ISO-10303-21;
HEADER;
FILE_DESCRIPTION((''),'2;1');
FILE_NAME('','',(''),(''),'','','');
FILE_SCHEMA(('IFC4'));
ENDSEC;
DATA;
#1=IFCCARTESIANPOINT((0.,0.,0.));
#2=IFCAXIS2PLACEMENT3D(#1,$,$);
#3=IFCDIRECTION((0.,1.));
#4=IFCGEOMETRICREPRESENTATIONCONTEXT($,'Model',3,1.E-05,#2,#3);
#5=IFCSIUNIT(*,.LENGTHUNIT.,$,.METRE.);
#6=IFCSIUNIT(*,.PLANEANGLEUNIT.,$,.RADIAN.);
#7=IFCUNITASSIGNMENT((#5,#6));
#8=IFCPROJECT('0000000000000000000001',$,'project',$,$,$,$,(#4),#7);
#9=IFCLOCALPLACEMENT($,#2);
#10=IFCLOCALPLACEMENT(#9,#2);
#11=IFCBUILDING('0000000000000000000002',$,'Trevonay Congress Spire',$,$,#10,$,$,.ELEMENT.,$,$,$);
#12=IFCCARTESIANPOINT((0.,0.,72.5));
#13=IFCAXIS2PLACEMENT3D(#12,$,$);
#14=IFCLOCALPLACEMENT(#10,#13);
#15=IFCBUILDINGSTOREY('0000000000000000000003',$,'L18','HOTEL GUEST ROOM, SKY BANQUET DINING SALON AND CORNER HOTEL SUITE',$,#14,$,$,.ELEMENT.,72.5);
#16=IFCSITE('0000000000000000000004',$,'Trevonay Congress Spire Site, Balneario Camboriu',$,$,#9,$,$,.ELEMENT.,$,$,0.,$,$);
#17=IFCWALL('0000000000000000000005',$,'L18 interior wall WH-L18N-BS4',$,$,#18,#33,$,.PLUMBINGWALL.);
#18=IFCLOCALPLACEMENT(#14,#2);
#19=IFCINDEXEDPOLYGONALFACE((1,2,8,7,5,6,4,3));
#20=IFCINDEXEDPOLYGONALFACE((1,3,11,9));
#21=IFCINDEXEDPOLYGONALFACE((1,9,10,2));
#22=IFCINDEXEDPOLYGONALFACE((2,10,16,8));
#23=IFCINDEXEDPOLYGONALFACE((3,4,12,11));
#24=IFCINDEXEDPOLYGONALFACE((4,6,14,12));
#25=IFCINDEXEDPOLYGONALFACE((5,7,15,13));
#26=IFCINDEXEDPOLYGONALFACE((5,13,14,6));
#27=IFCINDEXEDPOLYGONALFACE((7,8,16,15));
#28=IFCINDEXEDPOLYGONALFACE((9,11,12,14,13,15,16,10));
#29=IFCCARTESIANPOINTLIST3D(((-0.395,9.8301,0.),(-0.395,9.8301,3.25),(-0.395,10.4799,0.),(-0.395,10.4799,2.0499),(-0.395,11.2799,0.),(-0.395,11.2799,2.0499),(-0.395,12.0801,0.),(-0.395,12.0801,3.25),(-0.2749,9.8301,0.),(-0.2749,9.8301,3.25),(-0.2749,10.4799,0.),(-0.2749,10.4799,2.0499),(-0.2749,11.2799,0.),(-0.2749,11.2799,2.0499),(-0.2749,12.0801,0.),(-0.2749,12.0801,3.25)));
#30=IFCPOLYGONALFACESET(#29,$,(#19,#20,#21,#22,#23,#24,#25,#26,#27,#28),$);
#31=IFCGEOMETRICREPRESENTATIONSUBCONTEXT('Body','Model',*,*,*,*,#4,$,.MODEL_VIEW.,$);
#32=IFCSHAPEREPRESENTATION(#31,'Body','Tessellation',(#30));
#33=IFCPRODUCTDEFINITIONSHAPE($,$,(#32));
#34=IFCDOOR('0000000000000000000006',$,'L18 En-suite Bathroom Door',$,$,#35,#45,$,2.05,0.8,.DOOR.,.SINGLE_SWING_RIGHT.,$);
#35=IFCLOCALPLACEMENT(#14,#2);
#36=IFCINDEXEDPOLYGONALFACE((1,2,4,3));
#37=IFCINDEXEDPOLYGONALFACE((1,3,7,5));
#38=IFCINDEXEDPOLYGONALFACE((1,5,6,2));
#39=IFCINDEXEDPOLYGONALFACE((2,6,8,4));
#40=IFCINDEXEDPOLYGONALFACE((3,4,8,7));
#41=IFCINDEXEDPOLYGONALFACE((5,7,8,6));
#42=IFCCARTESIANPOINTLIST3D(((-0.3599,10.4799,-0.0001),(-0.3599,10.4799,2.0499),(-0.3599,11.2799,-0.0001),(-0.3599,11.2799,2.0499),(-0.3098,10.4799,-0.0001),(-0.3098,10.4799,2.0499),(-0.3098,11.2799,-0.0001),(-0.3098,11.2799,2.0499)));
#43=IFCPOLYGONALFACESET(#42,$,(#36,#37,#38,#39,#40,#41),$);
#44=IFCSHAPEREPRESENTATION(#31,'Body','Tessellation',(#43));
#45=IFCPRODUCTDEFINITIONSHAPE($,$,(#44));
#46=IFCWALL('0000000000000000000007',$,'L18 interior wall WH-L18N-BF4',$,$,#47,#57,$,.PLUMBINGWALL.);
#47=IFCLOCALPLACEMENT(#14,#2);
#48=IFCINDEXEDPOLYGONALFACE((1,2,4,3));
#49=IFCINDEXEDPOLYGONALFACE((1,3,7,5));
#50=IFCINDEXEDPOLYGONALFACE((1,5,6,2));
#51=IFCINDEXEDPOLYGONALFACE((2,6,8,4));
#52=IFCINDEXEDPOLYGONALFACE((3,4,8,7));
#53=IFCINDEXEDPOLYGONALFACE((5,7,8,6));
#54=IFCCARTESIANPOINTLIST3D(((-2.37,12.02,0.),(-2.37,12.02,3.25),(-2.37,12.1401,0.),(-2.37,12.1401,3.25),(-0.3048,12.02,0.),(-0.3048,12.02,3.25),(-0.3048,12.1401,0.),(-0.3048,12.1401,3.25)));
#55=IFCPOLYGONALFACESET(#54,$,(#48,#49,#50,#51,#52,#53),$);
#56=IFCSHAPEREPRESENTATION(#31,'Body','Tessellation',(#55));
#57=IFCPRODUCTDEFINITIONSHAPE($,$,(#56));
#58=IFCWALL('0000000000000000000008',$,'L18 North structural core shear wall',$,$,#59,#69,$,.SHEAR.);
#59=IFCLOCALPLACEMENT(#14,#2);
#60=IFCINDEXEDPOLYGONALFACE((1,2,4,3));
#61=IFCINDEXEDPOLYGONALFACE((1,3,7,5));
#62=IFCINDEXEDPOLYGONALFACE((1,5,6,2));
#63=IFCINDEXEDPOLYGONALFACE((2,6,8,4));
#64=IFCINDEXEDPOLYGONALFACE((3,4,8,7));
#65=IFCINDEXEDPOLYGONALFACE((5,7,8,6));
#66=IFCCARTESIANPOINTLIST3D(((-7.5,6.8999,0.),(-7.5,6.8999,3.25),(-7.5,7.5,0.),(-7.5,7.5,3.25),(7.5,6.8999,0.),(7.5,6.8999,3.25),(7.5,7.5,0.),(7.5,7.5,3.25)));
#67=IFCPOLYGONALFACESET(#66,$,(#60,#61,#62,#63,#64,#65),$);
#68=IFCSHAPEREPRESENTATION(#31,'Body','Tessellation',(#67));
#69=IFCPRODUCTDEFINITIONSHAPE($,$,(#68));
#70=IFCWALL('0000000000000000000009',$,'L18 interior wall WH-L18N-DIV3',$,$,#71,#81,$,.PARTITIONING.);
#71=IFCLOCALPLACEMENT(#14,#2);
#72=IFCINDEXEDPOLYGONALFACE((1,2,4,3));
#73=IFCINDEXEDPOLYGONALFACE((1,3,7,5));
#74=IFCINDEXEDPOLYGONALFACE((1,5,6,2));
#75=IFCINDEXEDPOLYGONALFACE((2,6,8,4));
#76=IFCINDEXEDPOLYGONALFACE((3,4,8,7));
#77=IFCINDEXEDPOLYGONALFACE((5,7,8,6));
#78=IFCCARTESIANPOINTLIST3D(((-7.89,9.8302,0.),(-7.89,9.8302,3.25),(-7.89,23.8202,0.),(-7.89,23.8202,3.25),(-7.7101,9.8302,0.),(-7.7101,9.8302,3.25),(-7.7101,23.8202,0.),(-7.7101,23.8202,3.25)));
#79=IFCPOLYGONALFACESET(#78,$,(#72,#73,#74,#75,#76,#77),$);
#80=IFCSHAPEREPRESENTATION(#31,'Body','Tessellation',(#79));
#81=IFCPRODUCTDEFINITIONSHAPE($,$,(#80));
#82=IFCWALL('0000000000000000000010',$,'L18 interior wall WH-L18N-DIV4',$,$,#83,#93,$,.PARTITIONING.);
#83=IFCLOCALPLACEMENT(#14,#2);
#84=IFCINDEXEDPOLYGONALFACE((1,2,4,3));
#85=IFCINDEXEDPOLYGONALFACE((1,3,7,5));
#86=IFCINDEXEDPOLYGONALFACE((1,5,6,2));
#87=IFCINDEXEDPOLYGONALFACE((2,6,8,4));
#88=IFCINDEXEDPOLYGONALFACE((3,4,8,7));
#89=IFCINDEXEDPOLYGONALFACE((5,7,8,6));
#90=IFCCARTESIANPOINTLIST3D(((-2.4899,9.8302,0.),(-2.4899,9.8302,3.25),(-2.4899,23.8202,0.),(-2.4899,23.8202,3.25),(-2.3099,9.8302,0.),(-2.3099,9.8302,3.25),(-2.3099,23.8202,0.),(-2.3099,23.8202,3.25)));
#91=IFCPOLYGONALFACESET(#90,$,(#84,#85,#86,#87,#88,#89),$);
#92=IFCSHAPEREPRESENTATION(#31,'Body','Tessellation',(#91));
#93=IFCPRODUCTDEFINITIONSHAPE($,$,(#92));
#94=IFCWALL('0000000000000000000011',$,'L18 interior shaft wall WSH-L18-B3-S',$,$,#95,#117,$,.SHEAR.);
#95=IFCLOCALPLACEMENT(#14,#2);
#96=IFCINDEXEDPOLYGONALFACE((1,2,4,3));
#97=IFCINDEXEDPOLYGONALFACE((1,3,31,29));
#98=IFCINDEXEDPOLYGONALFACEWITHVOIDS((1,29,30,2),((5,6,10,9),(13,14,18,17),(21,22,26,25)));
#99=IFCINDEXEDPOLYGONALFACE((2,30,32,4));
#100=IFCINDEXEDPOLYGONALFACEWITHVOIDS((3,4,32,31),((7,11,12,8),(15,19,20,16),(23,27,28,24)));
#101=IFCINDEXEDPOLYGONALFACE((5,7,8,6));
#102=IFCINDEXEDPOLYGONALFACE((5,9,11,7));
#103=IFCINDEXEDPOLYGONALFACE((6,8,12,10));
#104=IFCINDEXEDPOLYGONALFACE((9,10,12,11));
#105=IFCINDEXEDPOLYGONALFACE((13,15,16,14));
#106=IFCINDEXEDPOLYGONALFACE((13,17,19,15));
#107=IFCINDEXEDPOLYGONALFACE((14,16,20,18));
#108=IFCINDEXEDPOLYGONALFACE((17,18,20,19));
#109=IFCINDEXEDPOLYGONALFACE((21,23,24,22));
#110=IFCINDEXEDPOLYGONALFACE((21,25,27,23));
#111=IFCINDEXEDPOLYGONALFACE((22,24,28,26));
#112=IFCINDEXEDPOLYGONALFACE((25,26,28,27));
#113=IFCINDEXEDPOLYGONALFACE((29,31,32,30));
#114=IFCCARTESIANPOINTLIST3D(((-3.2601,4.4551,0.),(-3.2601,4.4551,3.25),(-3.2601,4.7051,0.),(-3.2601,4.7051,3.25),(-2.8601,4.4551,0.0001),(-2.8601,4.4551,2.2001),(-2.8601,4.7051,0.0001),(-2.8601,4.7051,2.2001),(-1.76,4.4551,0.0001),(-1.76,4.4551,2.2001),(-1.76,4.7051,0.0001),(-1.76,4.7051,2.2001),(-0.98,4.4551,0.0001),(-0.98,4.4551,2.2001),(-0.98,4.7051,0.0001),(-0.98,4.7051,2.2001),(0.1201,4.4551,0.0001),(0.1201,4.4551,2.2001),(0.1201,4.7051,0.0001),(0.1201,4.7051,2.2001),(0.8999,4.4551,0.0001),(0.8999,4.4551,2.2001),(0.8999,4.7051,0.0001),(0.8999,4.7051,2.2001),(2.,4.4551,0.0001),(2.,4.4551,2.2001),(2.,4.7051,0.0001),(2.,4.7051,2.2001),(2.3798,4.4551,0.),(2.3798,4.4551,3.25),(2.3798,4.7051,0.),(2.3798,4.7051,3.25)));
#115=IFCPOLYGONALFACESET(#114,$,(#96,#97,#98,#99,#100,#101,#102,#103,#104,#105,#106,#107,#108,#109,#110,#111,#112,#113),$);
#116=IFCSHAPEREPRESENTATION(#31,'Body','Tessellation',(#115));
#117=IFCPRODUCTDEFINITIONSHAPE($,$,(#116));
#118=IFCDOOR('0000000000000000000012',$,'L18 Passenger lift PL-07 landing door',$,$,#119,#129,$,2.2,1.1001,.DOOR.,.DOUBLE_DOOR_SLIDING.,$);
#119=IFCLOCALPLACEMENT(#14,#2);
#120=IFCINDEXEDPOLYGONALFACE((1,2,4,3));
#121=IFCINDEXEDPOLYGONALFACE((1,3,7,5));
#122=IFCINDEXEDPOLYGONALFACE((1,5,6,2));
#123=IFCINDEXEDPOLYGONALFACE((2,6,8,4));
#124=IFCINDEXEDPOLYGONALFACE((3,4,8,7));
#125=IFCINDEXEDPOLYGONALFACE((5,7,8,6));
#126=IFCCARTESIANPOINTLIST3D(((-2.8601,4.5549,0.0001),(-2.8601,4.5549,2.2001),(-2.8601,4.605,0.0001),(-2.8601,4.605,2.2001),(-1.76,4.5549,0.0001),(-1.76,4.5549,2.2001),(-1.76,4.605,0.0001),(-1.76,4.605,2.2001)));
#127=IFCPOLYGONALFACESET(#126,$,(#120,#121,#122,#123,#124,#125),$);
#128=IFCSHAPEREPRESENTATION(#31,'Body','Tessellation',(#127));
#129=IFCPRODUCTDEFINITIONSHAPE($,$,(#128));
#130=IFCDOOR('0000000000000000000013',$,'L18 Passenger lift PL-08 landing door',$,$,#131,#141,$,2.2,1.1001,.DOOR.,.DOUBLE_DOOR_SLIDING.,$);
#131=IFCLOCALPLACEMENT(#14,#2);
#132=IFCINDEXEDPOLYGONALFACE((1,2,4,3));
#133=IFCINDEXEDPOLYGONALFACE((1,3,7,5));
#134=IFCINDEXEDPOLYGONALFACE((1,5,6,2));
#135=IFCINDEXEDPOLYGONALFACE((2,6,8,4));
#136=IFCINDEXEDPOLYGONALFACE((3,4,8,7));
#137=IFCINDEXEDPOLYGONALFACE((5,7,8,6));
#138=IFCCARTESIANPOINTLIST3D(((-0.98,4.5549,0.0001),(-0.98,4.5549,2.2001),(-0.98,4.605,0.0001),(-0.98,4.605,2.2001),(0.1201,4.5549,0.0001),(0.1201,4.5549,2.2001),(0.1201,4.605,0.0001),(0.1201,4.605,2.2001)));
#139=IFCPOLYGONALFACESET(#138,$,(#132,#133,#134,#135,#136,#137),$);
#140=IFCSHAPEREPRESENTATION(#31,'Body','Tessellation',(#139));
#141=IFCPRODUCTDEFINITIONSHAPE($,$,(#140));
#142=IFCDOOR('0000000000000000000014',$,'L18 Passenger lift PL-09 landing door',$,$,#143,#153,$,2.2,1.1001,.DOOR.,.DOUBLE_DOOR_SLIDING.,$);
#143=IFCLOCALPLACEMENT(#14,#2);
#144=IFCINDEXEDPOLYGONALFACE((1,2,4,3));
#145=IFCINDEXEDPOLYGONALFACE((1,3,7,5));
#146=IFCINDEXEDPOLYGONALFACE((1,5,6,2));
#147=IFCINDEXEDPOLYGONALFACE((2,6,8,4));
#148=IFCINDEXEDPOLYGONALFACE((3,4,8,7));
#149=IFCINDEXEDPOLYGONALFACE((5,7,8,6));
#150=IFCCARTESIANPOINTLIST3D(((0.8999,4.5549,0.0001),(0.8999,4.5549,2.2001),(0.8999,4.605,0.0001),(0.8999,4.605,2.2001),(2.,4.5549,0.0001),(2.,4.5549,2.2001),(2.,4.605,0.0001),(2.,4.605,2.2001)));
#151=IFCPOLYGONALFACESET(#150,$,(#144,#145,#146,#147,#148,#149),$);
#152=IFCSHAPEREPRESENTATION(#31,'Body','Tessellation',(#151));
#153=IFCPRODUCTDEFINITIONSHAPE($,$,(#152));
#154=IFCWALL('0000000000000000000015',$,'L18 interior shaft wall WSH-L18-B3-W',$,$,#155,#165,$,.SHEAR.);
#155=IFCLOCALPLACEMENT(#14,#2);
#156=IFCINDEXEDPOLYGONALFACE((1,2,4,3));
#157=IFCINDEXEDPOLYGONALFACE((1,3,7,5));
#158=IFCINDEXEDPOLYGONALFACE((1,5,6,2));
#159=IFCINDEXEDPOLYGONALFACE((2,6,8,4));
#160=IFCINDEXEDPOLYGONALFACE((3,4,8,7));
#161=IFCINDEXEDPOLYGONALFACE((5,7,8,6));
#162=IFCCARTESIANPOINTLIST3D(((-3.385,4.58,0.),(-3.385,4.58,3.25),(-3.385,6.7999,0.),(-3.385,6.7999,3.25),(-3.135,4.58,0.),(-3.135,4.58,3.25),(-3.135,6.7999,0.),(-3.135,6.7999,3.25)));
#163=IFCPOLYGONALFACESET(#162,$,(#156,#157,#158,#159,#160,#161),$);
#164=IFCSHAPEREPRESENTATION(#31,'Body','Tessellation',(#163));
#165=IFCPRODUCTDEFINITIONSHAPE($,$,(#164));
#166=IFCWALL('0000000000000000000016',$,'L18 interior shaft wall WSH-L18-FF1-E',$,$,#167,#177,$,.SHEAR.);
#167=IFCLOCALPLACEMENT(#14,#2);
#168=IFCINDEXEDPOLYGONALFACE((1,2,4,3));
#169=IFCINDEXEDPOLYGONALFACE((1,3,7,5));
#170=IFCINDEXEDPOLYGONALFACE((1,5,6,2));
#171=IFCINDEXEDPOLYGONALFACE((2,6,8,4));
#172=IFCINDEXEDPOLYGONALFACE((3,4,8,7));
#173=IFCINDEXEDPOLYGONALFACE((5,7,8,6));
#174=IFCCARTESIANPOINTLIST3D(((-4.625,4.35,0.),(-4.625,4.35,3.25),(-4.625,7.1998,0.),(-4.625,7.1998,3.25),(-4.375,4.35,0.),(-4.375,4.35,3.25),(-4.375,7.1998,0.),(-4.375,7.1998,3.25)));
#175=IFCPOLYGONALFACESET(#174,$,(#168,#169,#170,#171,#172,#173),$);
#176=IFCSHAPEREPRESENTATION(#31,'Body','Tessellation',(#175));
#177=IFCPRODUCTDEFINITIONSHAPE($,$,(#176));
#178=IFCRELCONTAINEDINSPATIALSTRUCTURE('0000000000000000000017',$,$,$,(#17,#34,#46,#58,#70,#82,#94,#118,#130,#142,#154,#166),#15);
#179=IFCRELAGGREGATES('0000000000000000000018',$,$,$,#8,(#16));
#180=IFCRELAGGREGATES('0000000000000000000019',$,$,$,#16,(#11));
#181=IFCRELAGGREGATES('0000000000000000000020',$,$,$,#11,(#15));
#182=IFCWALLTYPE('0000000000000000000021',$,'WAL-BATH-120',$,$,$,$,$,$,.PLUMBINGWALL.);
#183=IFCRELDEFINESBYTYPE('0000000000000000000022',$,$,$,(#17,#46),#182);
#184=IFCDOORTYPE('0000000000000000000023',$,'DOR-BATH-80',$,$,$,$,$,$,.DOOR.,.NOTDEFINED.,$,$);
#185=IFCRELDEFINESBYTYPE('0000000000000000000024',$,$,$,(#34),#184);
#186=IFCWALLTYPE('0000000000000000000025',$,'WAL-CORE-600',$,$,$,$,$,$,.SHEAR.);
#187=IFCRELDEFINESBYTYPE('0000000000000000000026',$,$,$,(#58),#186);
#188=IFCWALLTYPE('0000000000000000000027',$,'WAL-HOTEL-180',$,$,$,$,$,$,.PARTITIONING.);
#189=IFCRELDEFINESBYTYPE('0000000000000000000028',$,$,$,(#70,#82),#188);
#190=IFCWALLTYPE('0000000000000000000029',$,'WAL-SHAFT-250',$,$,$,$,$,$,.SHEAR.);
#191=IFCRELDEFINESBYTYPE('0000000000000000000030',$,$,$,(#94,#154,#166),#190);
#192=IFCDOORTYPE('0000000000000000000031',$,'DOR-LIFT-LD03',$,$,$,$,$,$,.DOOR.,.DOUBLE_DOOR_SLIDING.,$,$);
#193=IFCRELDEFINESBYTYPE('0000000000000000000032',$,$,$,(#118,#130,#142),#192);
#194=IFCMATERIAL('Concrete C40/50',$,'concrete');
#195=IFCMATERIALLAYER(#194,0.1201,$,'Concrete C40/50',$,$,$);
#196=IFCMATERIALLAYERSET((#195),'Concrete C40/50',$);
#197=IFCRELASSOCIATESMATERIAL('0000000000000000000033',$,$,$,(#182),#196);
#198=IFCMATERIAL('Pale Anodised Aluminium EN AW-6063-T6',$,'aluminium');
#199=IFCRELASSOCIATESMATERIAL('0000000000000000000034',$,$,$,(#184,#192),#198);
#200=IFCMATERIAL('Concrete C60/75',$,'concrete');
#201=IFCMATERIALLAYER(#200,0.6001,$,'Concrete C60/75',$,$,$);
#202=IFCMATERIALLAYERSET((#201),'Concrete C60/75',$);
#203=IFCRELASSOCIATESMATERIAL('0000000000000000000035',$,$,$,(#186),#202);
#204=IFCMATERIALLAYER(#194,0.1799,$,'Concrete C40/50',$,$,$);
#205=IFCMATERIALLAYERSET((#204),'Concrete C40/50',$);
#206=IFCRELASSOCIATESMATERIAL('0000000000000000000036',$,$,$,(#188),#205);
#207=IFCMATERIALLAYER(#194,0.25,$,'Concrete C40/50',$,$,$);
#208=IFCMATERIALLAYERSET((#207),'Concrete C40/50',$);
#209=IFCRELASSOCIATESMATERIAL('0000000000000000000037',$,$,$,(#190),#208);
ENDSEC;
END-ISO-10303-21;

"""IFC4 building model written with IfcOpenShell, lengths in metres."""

from ifc_helpers import new_model, si_unit, direction, frame, frame_2d, origin, place, context, subcontext, project, spatial, rectangle, extrude, material, layer, layer_set, type_object, element, fill, save


model = new_model("IFC4")

# Units and contexts
model_context = context("Model", 3, precision=1e-05, world=origin(), true_north=direction((0.0, 1.0)))
body_context = subcontext(model_context, "Body", "Model", "MODEL_VIEW")
ifc_project = project(units=[si_unit("LENGTHUNIT", "METRE"), si_unit("PLANEANGLEUNIT", "RADIAN")], contexts=[model_context])

# Site, building, storey
site_placement = place(None, origin())
site = spatial("IfcSite", under=ifc_project, at=site_placement, Name="Trevonay Congress Spire Site, Balneario Camboriu", CompositionType="ELEMENT", RefElevation=0.0)
building_placement = place(site_placement, origin())
building = spatial("IfcBuilding", under=site, at=building_placement, Name="Trevonay Congress Spire", CompositionType="ELEMENT")
storey_placement = place(building_placement, frame((0.0, 0.0, 72.5)))
storey = spatial("IfcBuildingStorey", under=building, at=storey_placement, Name="L18", Description="HOTEL GUEST ROOM, SKY BANQUET DINING SALON AND CORNER HOTEL SUITE", CompositionType="ELEMENT", Elevation=72.5)

# Shared definitions
ifc_material_1 = material(Name="Pale Anodised Aluminium EN AW-6063-T6", Category="aluminium")

# Shared definitions
ifc_material_2 = material(Name="Concrete C40/50", Category="concrete")
ifc_layer_1 = layer(ifc_material_2, 0.1201, Name="Concrete C40/50")
ifc_layer_set_1 = layer_set([ifc_layer_1], Name="Concrete C40/50")
wall_type_1 = type_object("IfcWallType", Name="WAL-BATH-120", PredefinedType="PLUMBINGWALL", material=ifc_layer_set_1)
door_type_1 = type_object("IfcDoorType", Name="DOR-BATH-80", OperationType="NOTDEFINED", PredefinedType="DOOR", material=ifc_material_1)

# Wall, opening, door
wall_1_placement = place(storey_placement, frame((-0.335, 9.8301, 0.0), z_axis=(0.0, 0.0, 1.0), x_axis=(0.0, 1.0, 0.0)))
wall_1 = element("IfcWall", 1, at=wall_1_placement, inside=storey, type_object=wall_type_1, Name="L18 interior wall WH-L18N-BS4", PredefinedType="PLUMBINGWALL", context=body_context, shape_type="SweptSolid", body=[
    extrude(rectangle(XDim=2.25, YDim=0.1201, at=frame_2d((1.125, 0.0))), origin(), (0.0, 0.0, 1.0), 3.25),
])
opening_1_placement = place(wall_1_placement, frame((0.6499, 0.0, 0.0)))
opening_1 = element("IfcOpeningElement", 2, at=opening_1_placement, cuts=wall_1, PredefinedType="OPENING", context=body_context, shape_type="SweptSolid", body=[
    extrude(rectangle(XDim=0.8, YDim=2.05, at=frame_2d((0.3999, 1.0249))), frame((0.0, 0.0701, 0.0), z_axis=(0.0, -1.0, 0.0), x_axis=(1.0, 0.0, 0.0)), (0.0, 0.0, 1.0), 0.1401),
])
door_1_placement = place(opening_1_placement, origin())
door_1 = element("IfcDoor", 3, at=door_1_placement, inside=storey, type_object=door_type_1, Name="L18 En-suite Bathroom Door", OperationType="SINGLE_SWING_RIGHT", OverallHeight=2.05, OverallWidth=0.8, PredefinedType="DOOR", context=body_context, shape_type="SweptSolid", body=[
    extrude(rectangle(XDim=0.8, YDim=2.05, at=frame_2d((0.3999, 1.0249))), frame((0.0, 0.0249, 0.0), z_axis=(0.0, -1.0, 0.0), x_axis=(1.0, 0.0, 0.0)), (0.0, 0.0, 1.0), 0.05),
])
fill(opening_1, door_1)

# Walls
wall_2_placement = place(storey_placement, frame((-2.3701, 12.0801, 0.0), z_axis=(0.0, 0.0, 1.0), x_axis=(1.0, 0.0, 0.0)))
element("IfcWall", 4, at=wall_2_placement, inside=storey, type_object=wall_type_1, Name="L18 interior wall WH-L18N-BF4", PredefinedType="PLUMBINGWALL", context=body_context, shape_type="SweptSolid", body=[
    extrude(rectangle(XDim=2.0652, YDim=0.1201, at=frame_2d((1.0327, 0.0))), origin(), (0.0, 0.0, 1.0), 3.25),
])
ifc_material_3 = material(Name="Concrete C60/75", Category="concrete")
ifc_layer_2 = layer(ifc_material_3, 0.6001, Name="Concrete C60/75")
ifc_layer_set_2 = layer_set([ifc_layer_2], Name="Concrete C60/75")
wall_type_2 = type_object("IfcWallType", Name="WAL-CORE-600", PredefinedType="SHEAR", material=ifc_layer_set_2)
wall_3_placement = place(storey_placement, frame((-7.5, 7.2, 0.0), z_axis=(0.0, 0.0, 1.0), x_axis=(1.0, 0.0, 0.0)))
element("IfcWall", 5, at=wall_3_placement, inside=storey, type_object=wall_type_2, Name="L18 North structural core shear wall", PredefinedType="SHEAR", context=body_context, shape_type="SweptSolid", body=[
    extrude(rectangle(XDim=15.0, YDim=0.6001, at=frame_2d((7.5, 0.0))), origin(), (0.0, 0.0, 1.0), 3.25),
])
ifc_layer_3 = layer(ifc_material_2, 0.1799, Name="Concrete C40/50")
ifc_layer_set_3 = layer_set([ifc_layer_3], Name="Concrete C40/50")
wall_type_3 = type_object("IfcWallType", Name="WAL-HOTEL-180", PredefinedType="PARTITIONING", material=ifc_layer_set_3)
for number, where, z_axis, x_axis, name in (
    (6, (-7.8, 9.8301, 0.0), (0.0, 0.0, 1.0), (0.0, 1.0, 0.0), "L18 interior wall WH-L18N-DIV3"),
    (7, (-2.3999, 9.8301, 0.0), (0.0, 0.0, 1.0), (0.0, 1.0, 0.0), "L18 interior wall WH-L18N-DIV4"),
):
    element("IfcWall", number, at=place(storey_placement, frame(where, z_axis=z_axis, x_axis=x_axis)), inside=storey, type_object=wall_type_3, Name=name, PredefinedType="PARTITIONING", context=body_context, shape_type="SweptSolid", body=[
        extrude(rectangle(XDim=13.99, YDim=0.1799, at=frame_2d((6.9951, 0.0))), origin(), (0.0, 0.0, 1.0), 3.25),
    ])

# Wall, openings, doors
ifc_layer_4 = layer(ifc_material_2, 0.25, Name="Concrete C40/50")
ifc_layer_set_4 = layer_set([ifc_layer_4], Name="Concrete C40/50")
wall_type_4 = type_object("IfcWallType", Name="WAL-SHAFT-250", PredefinedType="SHEAR", material=ifc_layer_set_4)
wall_4_placement = place(storey_placement, frame((-3.26, 4.5801, 0.0), z_axis=(0.0, 0.0, 1.0), x_axis=(1.0, 0.0, 0.0)))
wall_4 = element("IfcWall", 8, at=wall_4_placement, inside=storey, type_object=wall_type_4, Name="L18 interior shaft wall WSH-L18-B3-S", PredefinedType="SHEAR", context=body_context, shape_type="SweptSolid", body=[
    extrude(rectangle(XDim=5.6399, YDim=0.25, at=frame_2d((2.8198, 0.0))), origin(), (0.0, 0.0, 1.0), 3.25),
])
opening_2_placement = place(wall_4_placement, frame((0.3999, 0.0, 0.0)))
opening_2 = element("IfcOpeningElement", 9, at=opening_2_placement, cuts=wall_4, PredefinedType="OPENING", context=body_context, shape_type="SweptSolid", body=[
    extrude(rectangle(XDim=1.1001, YDim=2.2, at=frame_2d((0.55, 1.1001))), frame((0.0, 0.135, 0.0), z_axis=(0.0, -1.0, 0.0), x_axis=(1.0, 0.0, 0.0)), (0.0, 0.0, 1.0), 0.27),
])
opening_3_placement = place(wall_4_placement, frame((2.28, 0.0, 0.0)))
opening_3 = element("IfcOpeningElement", 10, at=opening_3_placement, cuts=wall_4, PredefinedType="OPENING", context=body_context, shape_type="SweptSolid", body=[
    extrude(rectangle(XDim=1.1001, YDim=2.2, at=frame_2d((0.55, 1.1001))), frame((0.0, 0.135, 0.0), z_axis=(0.0, -1.0, 0.0), x_axis=(1.0, 0.0, 0.0)), (0.0, 0.0, 1.0), 0.27),
])
opening_4_placement = place(wall_4_placement, frame((4.1599, 0.0, 0.0)))
opening_4 = element("IfcOpeningElement", 11, at=opening_4_placement, cuts=wall_4, PredefinedType="OPENING", context=body_context, shape_type="SweptSolid", body=[
    extrude(rectangle(XDim=1.1001, YDim=2.2, at=frame_2d((0.55, 1.1001))), frame((0.0, 0.135, 0.0), z_axis=(0.0, -1.0, 0.0), x_axis=(1.0, 0.0, 0.0)), (0.0, 0.0, 1.0), 0.27),
])
door_type_2 = type_object("IfcDoorType", Name="DOR-LIFT-LD03", OperationType="DOUBLE_DOOR_SLIDING", PredefinedType="DOOR", material=ifc_material_1)
door_2_placement = place(opening_2_placement, origin())
door_2 = element("IfcDoor", 12, at=door_2_placement, inside=storey, type_object=door_type_2, Name="L18 Passenger lift PL-07 landing door", OperationType="DOUBLE_DOOR_SLIDING", OverallHeight=2.2, OverallWidth=1.1001, PredefinedType="DOOR", context=body_context, shape_type="SweptSolid", body=[
    extrude(rectangle(XDim=1.1001, YDim=2.2, at=frame_2d((0.55, 1.1001))), frame((0.0, 0.0249, 0.0), z_axis=(0.0, -1.0, 0.0), x_axis=(1.0, 0.0, 0.0)), (0.0, 0.0, 1.0), 0.05),
])
fill(opening_2, door_2)
door_3_placement = place(opening_3_placement, origin())
door_3 = element("IfcDoor", 13, at=door_3_placement, inside=storey, type_object=door_type_2, Name="L18 Passenger lift PL-08 landing door", OperationType="DOUBLE_DOOR_SLIDING", OverallHeight=2.2, OverallWidth=1.1001, PredefinedType="DOOR", context=body_context, shape_type="SweptSolid", body=[
    extrude(rectangle(XDim=1.1001, YDim=2.2, at=frame_2d((0.55, 1.1001))), frame((0.0, 0.0249, 0.0), z_axis=(0.0, -1.0, 0.0), x_axis=(1.0, 0.0, 0.0)), (0.0, 0.0, 1.0), 0.05),
])
fill(opening_3, door_3)
door_4_placement = place(opening_4_placement, origin())
door_4 = element("IfcDoor", 14, at=door_4_placement, inside=storey, type_object=door_type_2, Name="L18 Passenger lift PL-09 landing door", OperationType="DOUBLE_DOOR_SLIDING", OverallHeight=2.2, OverallWidth=1.1001, PredefinedType="DOOR", context=body_context, shape_type="SweptSolid", body=[
    extrude(rectangle(XDim=1.1001, YDim=2.2, at=frame_2d((0.55, 1.1001))), frame((0.0, 0.0249, 0.0), z_axis=(0.0, -1.0, 0.0), x_axis=(1.0, 0.0, 0.0)), (0.0, 0.0, 1.0), 0.05),
])
fill(opening_4, door_4)

# Walls
wall_5_placement = place(storey_placement, frame((-3.26, 4.5801, 0.0), z_axis=(0.0, 0.0, 1.0), x_axis=(0.0, 1.0, 0.0)))
element("IfcWall", 15, at=wall_5_placement, inside=storey, type_object=wall_type_4, Name="L18 interior shaft wall WSH-L18-B3-W", PredefinedType="SHEAR", context=body_context, shape_type="SweptSolid", body=[
    extrude(rectangle(XDim=2.22, YDim=0.25, at=frame_2d((1.1099, 0.0))), origin(), (0.0, 0.0, 1.0), 3.25),
])
wall_6_placement = place(storey_placement, frame((-4.5, 4.3501, 0.0), z_axis=(0.0, 0.0, 1.0), x_axis=(0.0, 1.0, 0.0)))
element("IfcWall", 16, at=wall_6_placement, inside=storey, type_object=wall_type_4, Name="L18 interior shaft wall WSH-L18-FF1-E", PredefinedType="SHEAR", context=body_context, shape_type="SweptSolid", body=[
    extrude(rectangle(XDim=2.8499, YDim=0.25, at=frame_2d((1.4248, 0.0))), origin(), (0.0, 0.0, 1.0), 3.25),
])

save(model, "model.ifc")
